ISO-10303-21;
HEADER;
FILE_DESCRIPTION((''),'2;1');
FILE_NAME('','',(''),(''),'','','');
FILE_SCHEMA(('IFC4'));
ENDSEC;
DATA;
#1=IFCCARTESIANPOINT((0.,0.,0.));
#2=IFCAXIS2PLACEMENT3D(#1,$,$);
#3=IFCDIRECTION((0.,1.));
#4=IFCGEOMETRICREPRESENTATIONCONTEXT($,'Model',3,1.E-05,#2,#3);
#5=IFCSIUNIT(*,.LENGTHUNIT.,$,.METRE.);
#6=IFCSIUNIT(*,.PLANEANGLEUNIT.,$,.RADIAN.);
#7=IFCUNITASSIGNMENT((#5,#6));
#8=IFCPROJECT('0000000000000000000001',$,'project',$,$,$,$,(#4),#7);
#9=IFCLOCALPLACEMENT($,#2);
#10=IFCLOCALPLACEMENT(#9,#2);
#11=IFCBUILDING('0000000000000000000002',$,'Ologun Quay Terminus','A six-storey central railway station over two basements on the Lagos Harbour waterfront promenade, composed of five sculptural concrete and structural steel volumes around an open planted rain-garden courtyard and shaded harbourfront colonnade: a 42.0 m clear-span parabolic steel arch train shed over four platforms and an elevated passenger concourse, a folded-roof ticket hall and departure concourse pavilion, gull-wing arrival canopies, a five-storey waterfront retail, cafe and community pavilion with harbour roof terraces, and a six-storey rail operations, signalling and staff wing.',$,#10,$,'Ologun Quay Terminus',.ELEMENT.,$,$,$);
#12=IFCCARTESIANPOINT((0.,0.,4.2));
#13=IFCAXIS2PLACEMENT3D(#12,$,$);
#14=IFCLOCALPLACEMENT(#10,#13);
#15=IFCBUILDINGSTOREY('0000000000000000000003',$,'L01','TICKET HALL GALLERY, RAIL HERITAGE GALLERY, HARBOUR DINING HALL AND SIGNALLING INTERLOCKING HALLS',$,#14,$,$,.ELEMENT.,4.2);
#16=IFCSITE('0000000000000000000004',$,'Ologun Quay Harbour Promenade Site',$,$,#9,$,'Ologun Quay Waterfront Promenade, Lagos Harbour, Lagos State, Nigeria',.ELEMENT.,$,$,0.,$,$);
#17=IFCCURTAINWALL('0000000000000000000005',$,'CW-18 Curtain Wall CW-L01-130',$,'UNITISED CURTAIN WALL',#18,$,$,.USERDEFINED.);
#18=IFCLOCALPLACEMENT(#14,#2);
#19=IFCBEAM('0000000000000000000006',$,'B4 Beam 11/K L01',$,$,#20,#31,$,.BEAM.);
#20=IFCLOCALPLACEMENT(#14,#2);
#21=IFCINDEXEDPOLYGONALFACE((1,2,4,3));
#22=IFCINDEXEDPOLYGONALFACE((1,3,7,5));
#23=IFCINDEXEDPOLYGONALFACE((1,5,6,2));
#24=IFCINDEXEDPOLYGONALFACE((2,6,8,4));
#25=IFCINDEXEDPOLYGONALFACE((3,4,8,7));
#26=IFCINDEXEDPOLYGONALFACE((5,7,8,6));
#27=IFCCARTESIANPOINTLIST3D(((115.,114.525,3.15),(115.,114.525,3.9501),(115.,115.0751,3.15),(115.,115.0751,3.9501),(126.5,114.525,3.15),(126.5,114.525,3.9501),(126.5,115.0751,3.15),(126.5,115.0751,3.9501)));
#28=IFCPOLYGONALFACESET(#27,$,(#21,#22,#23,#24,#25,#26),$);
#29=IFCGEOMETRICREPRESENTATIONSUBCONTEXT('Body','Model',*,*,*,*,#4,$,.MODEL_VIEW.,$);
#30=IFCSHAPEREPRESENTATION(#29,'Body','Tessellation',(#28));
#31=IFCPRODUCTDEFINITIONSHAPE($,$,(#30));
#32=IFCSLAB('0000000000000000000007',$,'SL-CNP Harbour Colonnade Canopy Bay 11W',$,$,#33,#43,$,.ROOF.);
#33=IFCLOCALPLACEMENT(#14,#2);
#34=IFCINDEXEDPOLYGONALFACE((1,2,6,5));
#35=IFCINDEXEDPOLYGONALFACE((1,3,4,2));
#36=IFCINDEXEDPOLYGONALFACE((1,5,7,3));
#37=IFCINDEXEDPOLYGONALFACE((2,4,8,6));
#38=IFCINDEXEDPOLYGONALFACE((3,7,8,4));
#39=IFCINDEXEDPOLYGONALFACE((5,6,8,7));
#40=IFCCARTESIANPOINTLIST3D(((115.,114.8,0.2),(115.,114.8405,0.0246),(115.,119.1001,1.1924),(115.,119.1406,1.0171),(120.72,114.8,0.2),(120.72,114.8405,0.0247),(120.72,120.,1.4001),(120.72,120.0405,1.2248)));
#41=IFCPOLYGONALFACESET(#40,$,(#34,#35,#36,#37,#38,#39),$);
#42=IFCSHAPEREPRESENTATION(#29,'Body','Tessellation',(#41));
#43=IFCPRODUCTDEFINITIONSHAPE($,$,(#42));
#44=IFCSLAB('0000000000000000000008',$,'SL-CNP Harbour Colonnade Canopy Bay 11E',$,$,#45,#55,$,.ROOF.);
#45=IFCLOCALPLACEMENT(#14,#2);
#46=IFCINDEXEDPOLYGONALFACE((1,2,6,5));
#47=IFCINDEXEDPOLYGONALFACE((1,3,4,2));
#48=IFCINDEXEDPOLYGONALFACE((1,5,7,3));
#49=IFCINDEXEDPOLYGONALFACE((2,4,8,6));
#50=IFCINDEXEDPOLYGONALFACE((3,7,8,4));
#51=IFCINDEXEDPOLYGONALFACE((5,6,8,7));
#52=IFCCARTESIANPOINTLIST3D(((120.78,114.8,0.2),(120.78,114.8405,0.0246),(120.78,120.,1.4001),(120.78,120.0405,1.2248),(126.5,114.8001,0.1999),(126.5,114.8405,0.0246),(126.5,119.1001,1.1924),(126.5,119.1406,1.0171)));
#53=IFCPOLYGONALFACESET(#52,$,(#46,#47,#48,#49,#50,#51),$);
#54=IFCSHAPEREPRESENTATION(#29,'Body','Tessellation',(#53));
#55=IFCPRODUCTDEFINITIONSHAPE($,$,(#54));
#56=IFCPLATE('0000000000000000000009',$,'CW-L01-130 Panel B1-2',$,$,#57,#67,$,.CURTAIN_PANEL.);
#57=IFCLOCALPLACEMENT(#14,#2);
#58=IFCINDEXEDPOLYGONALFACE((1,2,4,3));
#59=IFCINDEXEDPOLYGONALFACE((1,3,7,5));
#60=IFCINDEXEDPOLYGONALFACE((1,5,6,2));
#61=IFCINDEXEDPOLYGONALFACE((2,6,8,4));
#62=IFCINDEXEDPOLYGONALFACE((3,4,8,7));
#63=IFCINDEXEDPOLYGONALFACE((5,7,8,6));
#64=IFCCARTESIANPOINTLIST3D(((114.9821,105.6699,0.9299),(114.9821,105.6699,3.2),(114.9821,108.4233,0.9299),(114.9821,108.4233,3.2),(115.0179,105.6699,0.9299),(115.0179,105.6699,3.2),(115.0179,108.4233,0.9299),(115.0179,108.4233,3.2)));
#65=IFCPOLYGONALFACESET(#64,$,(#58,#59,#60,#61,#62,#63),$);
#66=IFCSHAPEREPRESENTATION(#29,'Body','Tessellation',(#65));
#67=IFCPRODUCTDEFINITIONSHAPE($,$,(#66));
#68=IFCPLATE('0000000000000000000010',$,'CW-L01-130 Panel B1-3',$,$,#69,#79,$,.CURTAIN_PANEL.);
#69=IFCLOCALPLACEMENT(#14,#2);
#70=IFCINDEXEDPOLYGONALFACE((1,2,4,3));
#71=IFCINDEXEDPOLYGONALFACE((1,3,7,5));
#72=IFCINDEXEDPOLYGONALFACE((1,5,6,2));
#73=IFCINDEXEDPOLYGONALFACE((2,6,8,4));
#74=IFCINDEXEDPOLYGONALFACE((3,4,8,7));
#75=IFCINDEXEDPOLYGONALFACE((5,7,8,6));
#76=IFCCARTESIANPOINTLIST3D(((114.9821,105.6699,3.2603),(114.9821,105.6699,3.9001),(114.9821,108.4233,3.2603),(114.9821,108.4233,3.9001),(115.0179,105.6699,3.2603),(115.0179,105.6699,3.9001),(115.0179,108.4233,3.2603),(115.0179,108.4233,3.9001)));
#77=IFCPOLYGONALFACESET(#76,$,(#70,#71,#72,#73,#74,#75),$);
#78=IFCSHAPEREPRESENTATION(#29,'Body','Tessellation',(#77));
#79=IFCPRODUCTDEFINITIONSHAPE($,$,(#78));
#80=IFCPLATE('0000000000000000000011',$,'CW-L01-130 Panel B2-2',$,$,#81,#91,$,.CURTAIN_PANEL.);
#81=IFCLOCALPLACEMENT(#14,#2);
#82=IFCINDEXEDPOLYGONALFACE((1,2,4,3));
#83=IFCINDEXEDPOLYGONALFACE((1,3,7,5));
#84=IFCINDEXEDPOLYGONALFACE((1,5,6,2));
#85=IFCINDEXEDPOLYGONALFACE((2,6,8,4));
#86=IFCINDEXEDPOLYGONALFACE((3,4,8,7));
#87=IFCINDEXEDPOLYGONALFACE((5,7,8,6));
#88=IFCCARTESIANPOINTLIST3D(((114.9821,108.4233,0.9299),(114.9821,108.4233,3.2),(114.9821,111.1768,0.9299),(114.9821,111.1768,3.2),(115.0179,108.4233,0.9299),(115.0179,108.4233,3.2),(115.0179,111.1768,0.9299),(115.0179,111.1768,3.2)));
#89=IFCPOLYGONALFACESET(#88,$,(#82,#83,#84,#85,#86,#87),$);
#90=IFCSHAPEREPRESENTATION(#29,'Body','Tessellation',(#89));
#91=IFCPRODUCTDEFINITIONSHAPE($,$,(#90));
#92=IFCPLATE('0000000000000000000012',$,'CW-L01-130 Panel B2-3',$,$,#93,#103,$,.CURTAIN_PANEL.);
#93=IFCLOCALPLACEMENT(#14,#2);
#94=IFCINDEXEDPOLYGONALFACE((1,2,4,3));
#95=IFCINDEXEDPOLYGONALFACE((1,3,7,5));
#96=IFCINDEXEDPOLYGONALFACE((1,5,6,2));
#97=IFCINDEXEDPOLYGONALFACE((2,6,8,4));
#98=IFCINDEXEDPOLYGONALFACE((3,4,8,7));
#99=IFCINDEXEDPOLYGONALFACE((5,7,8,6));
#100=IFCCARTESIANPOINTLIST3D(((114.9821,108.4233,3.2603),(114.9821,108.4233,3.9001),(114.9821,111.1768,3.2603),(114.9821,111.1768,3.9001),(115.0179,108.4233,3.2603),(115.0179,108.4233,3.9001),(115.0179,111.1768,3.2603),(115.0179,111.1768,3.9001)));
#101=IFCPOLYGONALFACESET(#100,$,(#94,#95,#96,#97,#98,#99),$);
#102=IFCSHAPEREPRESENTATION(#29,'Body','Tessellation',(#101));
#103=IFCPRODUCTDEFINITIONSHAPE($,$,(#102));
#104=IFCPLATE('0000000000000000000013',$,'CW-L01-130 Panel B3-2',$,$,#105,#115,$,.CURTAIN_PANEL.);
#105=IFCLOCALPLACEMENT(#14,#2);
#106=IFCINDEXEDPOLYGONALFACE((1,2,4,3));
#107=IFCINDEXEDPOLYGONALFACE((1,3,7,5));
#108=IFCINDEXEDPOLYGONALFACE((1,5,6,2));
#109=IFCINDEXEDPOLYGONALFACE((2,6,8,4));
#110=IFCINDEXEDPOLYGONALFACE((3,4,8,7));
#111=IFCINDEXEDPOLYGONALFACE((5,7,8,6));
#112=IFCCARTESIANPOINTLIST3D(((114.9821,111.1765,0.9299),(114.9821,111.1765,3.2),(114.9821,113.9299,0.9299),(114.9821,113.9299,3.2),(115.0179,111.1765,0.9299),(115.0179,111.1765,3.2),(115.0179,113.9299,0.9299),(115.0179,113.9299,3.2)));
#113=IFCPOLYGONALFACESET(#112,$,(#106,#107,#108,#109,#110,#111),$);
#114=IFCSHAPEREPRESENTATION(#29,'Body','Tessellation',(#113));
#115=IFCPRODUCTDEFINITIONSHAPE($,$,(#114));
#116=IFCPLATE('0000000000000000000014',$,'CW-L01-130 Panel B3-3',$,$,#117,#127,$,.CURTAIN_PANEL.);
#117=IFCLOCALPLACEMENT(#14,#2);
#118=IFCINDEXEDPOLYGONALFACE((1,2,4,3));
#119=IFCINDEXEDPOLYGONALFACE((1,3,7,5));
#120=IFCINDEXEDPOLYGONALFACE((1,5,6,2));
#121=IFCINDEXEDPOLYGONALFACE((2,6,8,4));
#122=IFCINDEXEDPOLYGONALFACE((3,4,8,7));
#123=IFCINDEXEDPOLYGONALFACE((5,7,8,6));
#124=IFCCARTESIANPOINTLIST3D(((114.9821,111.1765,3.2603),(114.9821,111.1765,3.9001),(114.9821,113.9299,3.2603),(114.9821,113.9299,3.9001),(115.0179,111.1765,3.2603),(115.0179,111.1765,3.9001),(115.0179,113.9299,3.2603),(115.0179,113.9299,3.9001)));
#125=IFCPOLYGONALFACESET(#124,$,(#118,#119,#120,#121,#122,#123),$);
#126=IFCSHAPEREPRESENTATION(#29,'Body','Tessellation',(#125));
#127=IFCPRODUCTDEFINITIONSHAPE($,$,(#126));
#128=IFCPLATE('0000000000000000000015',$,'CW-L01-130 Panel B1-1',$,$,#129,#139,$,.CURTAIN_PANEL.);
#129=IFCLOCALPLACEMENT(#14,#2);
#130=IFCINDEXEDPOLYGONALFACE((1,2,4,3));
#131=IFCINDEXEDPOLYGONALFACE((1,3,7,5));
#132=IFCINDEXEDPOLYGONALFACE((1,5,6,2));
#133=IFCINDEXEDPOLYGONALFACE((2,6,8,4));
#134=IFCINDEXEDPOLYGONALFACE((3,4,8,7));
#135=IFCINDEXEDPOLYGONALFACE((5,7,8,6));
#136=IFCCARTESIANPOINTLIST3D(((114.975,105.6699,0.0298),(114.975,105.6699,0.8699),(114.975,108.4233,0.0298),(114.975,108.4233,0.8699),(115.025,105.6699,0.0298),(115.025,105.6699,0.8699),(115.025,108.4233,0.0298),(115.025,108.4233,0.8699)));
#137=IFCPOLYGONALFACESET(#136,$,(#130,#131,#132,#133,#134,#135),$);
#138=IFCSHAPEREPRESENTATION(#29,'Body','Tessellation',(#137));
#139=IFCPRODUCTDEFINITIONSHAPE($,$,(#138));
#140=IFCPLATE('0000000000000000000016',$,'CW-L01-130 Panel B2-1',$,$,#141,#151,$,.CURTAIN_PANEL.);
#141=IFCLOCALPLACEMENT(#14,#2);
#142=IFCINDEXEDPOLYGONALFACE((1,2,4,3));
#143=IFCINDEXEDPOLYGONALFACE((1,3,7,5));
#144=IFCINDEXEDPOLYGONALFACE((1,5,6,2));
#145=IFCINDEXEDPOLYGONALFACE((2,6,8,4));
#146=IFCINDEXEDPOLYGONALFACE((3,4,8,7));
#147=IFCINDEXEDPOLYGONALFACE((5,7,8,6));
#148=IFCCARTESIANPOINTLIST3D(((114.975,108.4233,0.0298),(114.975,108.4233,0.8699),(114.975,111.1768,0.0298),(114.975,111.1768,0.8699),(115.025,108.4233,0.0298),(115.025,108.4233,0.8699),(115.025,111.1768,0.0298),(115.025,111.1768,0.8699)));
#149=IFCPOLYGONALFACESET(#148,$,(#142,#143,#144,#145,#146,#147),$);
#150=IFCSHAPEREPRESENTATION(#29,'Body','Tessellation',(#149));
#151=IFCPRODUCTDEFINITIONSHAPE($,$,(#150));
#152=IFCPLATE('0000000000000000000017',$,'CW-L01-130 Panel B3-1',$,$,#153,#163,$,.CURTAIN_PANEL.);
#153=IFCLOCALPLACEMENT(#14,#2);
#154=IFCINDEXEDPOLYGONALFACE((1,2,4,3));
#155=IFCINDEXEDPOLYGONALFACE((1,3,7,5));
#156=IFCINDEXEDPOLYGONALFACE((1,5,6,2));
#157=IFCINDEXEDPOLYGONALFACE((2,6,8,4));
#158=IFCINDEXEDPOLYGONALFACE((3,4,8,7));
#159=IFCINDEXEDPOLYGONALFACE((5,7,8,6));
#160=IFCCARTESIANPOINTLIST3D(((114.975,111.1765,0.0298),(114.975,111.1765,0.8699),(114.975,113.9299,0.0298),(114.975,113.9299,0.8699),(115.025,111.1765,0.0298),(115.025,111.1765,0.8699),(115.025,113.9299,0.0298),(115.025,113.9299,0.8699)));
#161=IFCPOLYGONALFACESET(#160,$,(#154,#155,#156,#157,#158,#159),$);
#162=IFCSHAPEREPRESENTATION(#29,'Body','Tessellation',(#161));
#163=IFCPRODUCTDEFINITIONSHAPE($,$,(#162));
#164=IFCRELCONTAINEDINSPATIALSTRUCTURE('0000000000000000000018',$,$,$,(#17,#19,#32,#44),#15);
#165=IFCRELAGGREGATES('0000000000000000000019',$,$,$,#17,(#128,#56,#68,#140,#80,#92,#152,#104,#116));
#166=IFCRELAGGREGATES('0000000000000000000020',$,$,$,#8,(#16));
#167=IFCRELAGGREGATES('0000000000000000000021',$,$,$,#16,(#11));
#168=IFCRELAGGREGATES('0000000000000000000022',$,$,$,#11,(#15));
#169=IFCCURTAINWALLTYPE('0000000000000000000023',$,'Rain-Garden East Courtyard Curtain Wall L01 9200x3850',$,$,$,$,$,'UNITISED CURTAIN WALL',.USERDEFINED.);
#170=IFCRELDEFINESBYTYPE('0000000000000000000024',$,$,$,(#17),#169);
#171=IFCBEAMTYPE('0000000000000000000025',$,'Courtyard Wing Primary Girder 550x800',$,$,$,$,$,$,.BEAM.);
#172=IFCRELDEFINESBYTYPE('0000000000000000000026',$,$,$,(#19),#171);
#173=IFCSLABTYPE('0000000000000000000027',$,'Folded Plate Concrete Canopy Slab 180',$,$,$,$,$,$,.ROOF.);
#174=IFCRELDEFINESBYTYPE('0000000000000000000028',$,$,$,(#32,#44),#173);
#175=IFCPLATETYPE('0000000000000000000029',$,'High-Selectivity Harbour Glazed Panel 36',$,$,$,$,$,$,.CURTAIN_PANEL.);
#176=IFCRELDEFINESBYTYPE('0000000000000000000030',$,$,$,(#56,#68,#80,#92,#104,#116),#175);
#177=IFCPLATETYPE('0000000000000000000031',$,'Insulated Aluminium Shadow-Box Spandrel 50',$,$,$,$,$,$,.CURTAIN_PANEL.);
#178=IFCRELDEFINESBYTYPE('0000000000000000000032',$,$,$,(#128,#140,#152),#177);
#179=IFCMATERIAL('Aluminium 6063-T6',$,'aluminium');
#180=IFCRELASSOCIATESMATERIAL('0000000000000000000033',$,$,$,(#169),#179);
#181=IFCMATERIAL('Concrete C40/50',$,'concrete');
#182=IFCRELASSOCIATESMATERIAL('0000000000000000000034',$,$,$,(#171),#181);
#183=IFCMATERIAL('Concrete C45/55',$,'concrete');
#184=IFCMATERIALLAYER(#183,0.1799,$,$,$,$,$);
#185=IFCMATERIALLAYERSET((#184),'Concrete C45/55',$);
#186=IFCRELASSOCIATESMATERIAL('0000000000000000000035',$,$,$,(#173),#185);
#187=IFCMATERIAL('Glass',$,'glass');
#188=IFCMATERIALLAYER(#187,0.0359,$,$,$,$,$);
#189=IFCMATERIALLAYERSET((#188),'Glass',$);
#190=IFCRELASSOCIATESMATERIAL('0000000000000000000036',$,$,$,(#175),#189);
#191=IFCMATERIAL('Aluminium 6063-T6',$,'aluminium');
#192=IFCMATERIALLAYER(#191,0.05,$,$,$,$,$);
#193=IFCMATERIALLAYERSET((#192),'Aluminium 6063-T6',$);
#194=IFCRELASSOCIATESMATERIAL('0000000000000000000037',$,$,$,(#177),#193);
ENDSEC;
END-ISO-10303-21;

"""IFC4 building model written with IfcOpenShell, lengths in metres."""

from ifc_helpers import new_model, si_unit, direction, frame, origin, origin_2d, place, context, subcontext, project, spatial, polyline, rectangle, outline, extrude, material, layer, layer_set, material_profile, profile_set, type_object, element, aggregate, save


model = new_model("IFC4")

# Units and contexts
model_context = context("Model", 3, precision=1e-05, world=origin(), true_north=direction((0.0, 1.0)))
body_context = subcontext(model_context, "Body", "Model", "MODEL_VIEW")
ifc_project = project(units=[si_unit("LENGTHUNIT", "METRE"), si_unit("PLANEANGLEUNIT", "RADIAN")], contexts=[model_context])

# Site, building, storey
site_placement = place(None, origin())
site = spatial("IfcSite", under=ifc_project, at=site_placement, Name="Ologun Quay Harbour Promenade Site", LongName="Ologun Quay Waterfront Promenade, Lagos Harbour, Lagos State, Nigeria", CompositionType="ELEMENT", RefElevation=0.0)
building_placement = place(site_placement, origin())
building = spatial("IfcBuilding", under=site, at=building_placement, Name="Ologun Quay Terminus", Description="A six-storey central railway station over two basements on the Lagos Harbour waterfront promenade, composed of five sculptural concrete and structural steel volumes around an open planted rain-garden courtyard and shaded harbourfront colonnade: a 42.0 m clear-span parabolic steel arch train shed over four platforms and an elevated passenger concourse, a folded-roof ticket hall and departure concourse pavilion, gull-wing arrival canopies, a five-storey waterfront retail, cafe and community pavilion with harbour roof terraces, and a six-storey rail operations, signalling and staff wing.", LongName="Ologun Quay Terminus", CompositionType="ELEMENT")
storey_placement = place(building_placement, frame((0.0, 0.0, 4.2)))
storey = spatial("IfcBuildingStorey", under=building, at=storey_placement, Name="L01", Description="TICKET HALL GALLERY, RAIL HERITAGE GALLERY, HARBOUR DINING HALL AND SIGNALLING INTERLOCKING HALLS", CompositionType="ELEMENT", Elevation=4.2)

# Curtain wall
ifc_material_1 = material(Name="Aluminium 6063-T6", Category="aluminium")
curtain_wall_type = type_object("IfcCurtainWallType", Name="Rain-Garden East Courtyard Curtain Wall L01 9200x3850", ElementType="UNITISED CURTAIN WALL", PredefinedType="USERDEFINED", material=ifc_material_1)
curtain_wall_placement = place(storey_placement, origin())
curtain_wall = element("IfcCurtainWall", 1, at=curtain_wall_placement, inside=storey, type_object=curtain_wall_type, Name="CW-18 Curtain Wall CW-L01-130", ObjectType="UNITISED CURTAIN WALL", PredefinedType="USERDEFINED")

# Beam
ifc_material_2 = material(Name="Concrete C40/50", Category="concrete")
ifc_material_profile_1 = material_profile(ifc_material_2, rectangle(XDim=0.55, YDim=0.8, at=origin_2d()), Name="RC 550x800")
ifc_profile_set_1 = profile_set([ifc_material_profile_1], Name="Concrete C40/50")
beam_type = type_object("IfcBeamType", Name="Courtyard Wing Primary Girder 550x800", PredefinedType="BEAM", material=ifc_profile_set_1)
beam_placement = place(storey_placement, frame((115.0, 114.8, 3.55), z_axis=(1.0, 0.0, 0.0), x_axis=(0.0, 1.0, 0.0)))
element("IfcBeam", 2, at=beam_placement, inside=storey, type_object=beam_type, Name="B4 Beam 11/K L01", PredefinedType="BEAM", context=body_context, shape_type="SweptSolid", body=[
    extrude(rectangle(XDim=0.55, YDim=0.8, at=origin_2d()), origin(), (0.0, 0.0, 1.0), 11.5),
])

# Slabs
ifc_material_3 = material(Name="Concrete C45/55", Category="concrete")
ifc_layer_1 = layer(ifc_material_3, 0.1799)
ifc_layer_set_1 = layer_set([ifc_layer_1], Name="Concrete C45/55")
slab_type = type_object("IfcSlabType", Name="Folded Plate Concrete Canopy Slab 180", PredefinedType="ROOF", material=ifc_layer_set_1)
slab_1_placement = place(storey_placement, frame((115.0, 114.8, 0.2), z_axis=(-0.000005, -0.224891, 0.974384), x_axis=(1.0, -0.000001, 0.000005)))
element("IfcSlab", 3, at=slab_1_placement, inside=storey, type_object=slab_type, Name="SL-CNP Harbour Colonnade Canopy Bay 11W", PredefinedType="ROOF", context=body_context, shape_type="SweptSolid", body=[
    extrude(outline(polyline([(0.0, 0.0), (5.72, 0.0), (5.72, 5.3367), (0.0, 4.4131), (0.0, 0.0)])), origin(), (0.0, 0.0, -1.0), 0.1799),
])
slab_2_placement = place(storey_placement, frame((120.78, 114.8, 0.2), z_axis=(0.000005, -0.224891, 0.974384), x_axis=(1.0, 0.000001, -0.000005)))
element("IfcSlab", 4, at=slab_2_placement, inside=storey, type_object=slab_type, Name="SL-CNP Harbour Colonnade Canopy Bay 11E", PredefinedType="ROOF", context=body_context, shape_type="SweptSolid", body=[
    extrude(outline(polyline([(0.0, 0.0), (5.72, 0.0), (5.72, 4.4131), (0.0, 5.3367), (0.0, 0.0)])), origin(), (0.0, 0.0, -1.0), 0.1799),
])

# Plates
ifc_material_4 = material(Name="Glass", Category="glass")
ifc_layer_2 = layer(ifc_material_4, 0.0359)
ifc_layer_set_2 = layer_set([ifc_layer_2], Name="Glass")
plate_type_1 = type_object("IfcPlateType", Name="High-Selectivity Harbour Glazed Panel 36", PredefinedType="CURTAIN_PANEL", material=ifc_layer_set_2)
plate_1_placement = place(storey_placement, frame((115.0, 107.0466, 0.9299), z_axis=(0.0, 0.0, 1.0), x_axis=(0.0, 1.0, 0.0)))
plate_1 = element("IfcPlate", 5, at=plate_1_placement, type_object=plate_type_1, Name="CW-L01-130 Panel B1-2", PredefinedType="CURTAIN_PANEL", context=body_context, shape_type="SweptSolid", body=[
    extrude(rectangle(XDim=2.7534, YDim=0.0359, at=origin_2d()), origin(), (0.0, 0.0, 1.0), 2.27),
])
plate_2_placement = place(storey_placement, frame((115.0, 107.0466, 3.2603), z_axis=(0.0, 0.0, 1.0), x_axis=(0.0, 1.0, 0.0)))
plate_2 = element("IfcPlate", 6, at=plate_2_placement, type_object=plate_type_1, Name="CW-L01-130 Panel B1-3", PredefinedType="CURTAIN_PANEL", context=body_context, shape_type="SweptSolid", body=[
    extrude(rectangle(XDim=2.7534, YDim=0.0359, at=origin_2d()), origin(), (0.0, 0.0, 1.0), 0.6399),
])
plate_3_placement = place(storey_placement, frame((115.0, 109.8, 0.9299), z_axis=(0.0, 0.0, 1.0), x_axis=(0.0, 1.0, 0.0)))
plate_3 = element("IfcPlate", 7, at=plate_3_placement, type_object=plate_type_1, Name="CW-L01-130 Panel B2-2", PredefinedType="CURTAIN_PANEL", context=body_context, shape_type="SweptSolid", body=[
    extrude(rectangle(XDim=2.7534, YDim=0.0359, at=origin_2d()), origin(), (0.0, 0.0, 1.0), 2.27),
])
plate_4_placement = place(storey_placement, frame((115.0, 109.8, 3.2603), z_axis=(0.0, 0.0, 1.0), x_axis=(0.0, 1.0, 0.0)))
plate_4 = element("IfcPlate", 8, at=plate_4_placement, type_object=plate_type_1, Name="CW-L01-130 Panel B2-3", PredefinedType="CURTAIN_PANEL", context=body_context, shape_type="SweptSolid", body=[
    extrude(rectangle(XDim=2.7534, YDim=0.0359, at=origin_2d()), origin(), (0.0, 0.0, 1.0), 0.6399),
])
plate_5_placement = place(storey_placement, frame((115.0, 112.5532, 0.9299), z_axis=(0.0, 0.0, 1.0), x_axis=(0.0, 1.0, 0.0)))
plate_5 = element("IfcPlate", 9, at=plate_5_placement, type_object=plate_type_1, Name="CW-L01-130 Panel B3-2", PredefinedType="CURTAIN_PANEL", context=body_context, shape_type="SweptSolid", body=[
    extrude(rectangle(XDim=2.7534, YDim=0.0359, at=origin_2d()), origin(), (0.0, 0.0, 1.0), 2.27),
])
plate_6_placement = place(storey_placement, frame((115.0, 112.5532, 3.2603), z_axis=(0.0, 0.0, 1.0), x_axis=(0.0, 1.0, 0.0)))
plate_6 = element("IfcPlate", 10, at=plate_6_placement, type_object=plate_type_1, Name="CW-L01-130 Panel B3-3", PredefinedType="CURTAIN_PANEL", context=body_context, shape_type="SweptSolid", body=[
    extrude(rectangle(XDim=2.7534, YDim=0.0359, at=origin_2d()), origin(), (0.0, 0.0, 1.0), 0.6399),
])
ifc_material_5 = material(Name="Aluminium 6063-T6", Category="aluminium")
ifc_layer_3 = layer(ifc_material_5, 0.05)
ifc_layer_set_3 = layer_set([ifc_layer_3], Name="Aluminium 6063-T6")
plate_type_2 = type_object("IfcPlateType", Name="Insulated Aluminium Shadow-Box Spandrel 50", PredefinedType="CURTAIN_PANEL", material=ifc_layer_set_3)
plate_7_placement = place(storey_placement, frame((115.0, 107.0466, 0.0298), z_axis=(0.0, 0.0, 1.0), x_axis=(0.0, 1.0, 0.0)))
plate_7 = element("IfcPlate", 11, at=plate_7_placement, type_object=plate_type_2, Name="CW-L01-130 Panel B1-1", PredefinedType="CURTAIN_PANEL", context=body_context, shape_type="SweptSolid", body=[
    extrude(rectangle(XDim=2.7534, YDim=0.05, at=origin_2d()), origin(), (0.0, 0.0, 1.0), 0.8401),
])
plate_8_placement = place(storey_placement, frame((115.0, 109.8, 0.0298), z_axis=(0.0, 0.0, 1.0), x_axis=(0.0, 1.0, 0.0)))
plate_8 = element("IfcPlate", 12, at=plate_8_placement, type_object=plate_type_2, Name="CW-L01-130 Panel B2-1", PredefinedType="CURTAIN_PANEL", context=body_context, shape_type="SweptSolid", body=[
    extrude(rectangle(XDim=2.7534, YDim=0.05, at=origin_2d()), origin(), (0.0, 0.0, 1.0), 0.8401),
])
plate_9_placement = place(storey_placement, frame((115.0, 112.5532, 0.0298), z_axis=(0.0, 0.0, 1.0), x_axis=(0.0, 1.0, 0.0)))
plate_9 = element("IfcPlate", 13, at=plate_9_placement, type_object=plate_type_2, Name="CW-L01-130 Panel B3-1", PredefinedType="CURTAIN_PANEL", context=body_context, shape_type="SweptSolid", body=[
    extrude(rectangle(XDim=2.7534, YDim=0.05, at=origin_2d()), origin(), (0.0, 0.0, 1.0), 0.8401),
])
aggregate(curtain_wall, [plate_7, plate_1, plate_2, plate_8, plate_3, plate_4, plate_9, plate_5, plate_6])

save(model, "model.ifc")
